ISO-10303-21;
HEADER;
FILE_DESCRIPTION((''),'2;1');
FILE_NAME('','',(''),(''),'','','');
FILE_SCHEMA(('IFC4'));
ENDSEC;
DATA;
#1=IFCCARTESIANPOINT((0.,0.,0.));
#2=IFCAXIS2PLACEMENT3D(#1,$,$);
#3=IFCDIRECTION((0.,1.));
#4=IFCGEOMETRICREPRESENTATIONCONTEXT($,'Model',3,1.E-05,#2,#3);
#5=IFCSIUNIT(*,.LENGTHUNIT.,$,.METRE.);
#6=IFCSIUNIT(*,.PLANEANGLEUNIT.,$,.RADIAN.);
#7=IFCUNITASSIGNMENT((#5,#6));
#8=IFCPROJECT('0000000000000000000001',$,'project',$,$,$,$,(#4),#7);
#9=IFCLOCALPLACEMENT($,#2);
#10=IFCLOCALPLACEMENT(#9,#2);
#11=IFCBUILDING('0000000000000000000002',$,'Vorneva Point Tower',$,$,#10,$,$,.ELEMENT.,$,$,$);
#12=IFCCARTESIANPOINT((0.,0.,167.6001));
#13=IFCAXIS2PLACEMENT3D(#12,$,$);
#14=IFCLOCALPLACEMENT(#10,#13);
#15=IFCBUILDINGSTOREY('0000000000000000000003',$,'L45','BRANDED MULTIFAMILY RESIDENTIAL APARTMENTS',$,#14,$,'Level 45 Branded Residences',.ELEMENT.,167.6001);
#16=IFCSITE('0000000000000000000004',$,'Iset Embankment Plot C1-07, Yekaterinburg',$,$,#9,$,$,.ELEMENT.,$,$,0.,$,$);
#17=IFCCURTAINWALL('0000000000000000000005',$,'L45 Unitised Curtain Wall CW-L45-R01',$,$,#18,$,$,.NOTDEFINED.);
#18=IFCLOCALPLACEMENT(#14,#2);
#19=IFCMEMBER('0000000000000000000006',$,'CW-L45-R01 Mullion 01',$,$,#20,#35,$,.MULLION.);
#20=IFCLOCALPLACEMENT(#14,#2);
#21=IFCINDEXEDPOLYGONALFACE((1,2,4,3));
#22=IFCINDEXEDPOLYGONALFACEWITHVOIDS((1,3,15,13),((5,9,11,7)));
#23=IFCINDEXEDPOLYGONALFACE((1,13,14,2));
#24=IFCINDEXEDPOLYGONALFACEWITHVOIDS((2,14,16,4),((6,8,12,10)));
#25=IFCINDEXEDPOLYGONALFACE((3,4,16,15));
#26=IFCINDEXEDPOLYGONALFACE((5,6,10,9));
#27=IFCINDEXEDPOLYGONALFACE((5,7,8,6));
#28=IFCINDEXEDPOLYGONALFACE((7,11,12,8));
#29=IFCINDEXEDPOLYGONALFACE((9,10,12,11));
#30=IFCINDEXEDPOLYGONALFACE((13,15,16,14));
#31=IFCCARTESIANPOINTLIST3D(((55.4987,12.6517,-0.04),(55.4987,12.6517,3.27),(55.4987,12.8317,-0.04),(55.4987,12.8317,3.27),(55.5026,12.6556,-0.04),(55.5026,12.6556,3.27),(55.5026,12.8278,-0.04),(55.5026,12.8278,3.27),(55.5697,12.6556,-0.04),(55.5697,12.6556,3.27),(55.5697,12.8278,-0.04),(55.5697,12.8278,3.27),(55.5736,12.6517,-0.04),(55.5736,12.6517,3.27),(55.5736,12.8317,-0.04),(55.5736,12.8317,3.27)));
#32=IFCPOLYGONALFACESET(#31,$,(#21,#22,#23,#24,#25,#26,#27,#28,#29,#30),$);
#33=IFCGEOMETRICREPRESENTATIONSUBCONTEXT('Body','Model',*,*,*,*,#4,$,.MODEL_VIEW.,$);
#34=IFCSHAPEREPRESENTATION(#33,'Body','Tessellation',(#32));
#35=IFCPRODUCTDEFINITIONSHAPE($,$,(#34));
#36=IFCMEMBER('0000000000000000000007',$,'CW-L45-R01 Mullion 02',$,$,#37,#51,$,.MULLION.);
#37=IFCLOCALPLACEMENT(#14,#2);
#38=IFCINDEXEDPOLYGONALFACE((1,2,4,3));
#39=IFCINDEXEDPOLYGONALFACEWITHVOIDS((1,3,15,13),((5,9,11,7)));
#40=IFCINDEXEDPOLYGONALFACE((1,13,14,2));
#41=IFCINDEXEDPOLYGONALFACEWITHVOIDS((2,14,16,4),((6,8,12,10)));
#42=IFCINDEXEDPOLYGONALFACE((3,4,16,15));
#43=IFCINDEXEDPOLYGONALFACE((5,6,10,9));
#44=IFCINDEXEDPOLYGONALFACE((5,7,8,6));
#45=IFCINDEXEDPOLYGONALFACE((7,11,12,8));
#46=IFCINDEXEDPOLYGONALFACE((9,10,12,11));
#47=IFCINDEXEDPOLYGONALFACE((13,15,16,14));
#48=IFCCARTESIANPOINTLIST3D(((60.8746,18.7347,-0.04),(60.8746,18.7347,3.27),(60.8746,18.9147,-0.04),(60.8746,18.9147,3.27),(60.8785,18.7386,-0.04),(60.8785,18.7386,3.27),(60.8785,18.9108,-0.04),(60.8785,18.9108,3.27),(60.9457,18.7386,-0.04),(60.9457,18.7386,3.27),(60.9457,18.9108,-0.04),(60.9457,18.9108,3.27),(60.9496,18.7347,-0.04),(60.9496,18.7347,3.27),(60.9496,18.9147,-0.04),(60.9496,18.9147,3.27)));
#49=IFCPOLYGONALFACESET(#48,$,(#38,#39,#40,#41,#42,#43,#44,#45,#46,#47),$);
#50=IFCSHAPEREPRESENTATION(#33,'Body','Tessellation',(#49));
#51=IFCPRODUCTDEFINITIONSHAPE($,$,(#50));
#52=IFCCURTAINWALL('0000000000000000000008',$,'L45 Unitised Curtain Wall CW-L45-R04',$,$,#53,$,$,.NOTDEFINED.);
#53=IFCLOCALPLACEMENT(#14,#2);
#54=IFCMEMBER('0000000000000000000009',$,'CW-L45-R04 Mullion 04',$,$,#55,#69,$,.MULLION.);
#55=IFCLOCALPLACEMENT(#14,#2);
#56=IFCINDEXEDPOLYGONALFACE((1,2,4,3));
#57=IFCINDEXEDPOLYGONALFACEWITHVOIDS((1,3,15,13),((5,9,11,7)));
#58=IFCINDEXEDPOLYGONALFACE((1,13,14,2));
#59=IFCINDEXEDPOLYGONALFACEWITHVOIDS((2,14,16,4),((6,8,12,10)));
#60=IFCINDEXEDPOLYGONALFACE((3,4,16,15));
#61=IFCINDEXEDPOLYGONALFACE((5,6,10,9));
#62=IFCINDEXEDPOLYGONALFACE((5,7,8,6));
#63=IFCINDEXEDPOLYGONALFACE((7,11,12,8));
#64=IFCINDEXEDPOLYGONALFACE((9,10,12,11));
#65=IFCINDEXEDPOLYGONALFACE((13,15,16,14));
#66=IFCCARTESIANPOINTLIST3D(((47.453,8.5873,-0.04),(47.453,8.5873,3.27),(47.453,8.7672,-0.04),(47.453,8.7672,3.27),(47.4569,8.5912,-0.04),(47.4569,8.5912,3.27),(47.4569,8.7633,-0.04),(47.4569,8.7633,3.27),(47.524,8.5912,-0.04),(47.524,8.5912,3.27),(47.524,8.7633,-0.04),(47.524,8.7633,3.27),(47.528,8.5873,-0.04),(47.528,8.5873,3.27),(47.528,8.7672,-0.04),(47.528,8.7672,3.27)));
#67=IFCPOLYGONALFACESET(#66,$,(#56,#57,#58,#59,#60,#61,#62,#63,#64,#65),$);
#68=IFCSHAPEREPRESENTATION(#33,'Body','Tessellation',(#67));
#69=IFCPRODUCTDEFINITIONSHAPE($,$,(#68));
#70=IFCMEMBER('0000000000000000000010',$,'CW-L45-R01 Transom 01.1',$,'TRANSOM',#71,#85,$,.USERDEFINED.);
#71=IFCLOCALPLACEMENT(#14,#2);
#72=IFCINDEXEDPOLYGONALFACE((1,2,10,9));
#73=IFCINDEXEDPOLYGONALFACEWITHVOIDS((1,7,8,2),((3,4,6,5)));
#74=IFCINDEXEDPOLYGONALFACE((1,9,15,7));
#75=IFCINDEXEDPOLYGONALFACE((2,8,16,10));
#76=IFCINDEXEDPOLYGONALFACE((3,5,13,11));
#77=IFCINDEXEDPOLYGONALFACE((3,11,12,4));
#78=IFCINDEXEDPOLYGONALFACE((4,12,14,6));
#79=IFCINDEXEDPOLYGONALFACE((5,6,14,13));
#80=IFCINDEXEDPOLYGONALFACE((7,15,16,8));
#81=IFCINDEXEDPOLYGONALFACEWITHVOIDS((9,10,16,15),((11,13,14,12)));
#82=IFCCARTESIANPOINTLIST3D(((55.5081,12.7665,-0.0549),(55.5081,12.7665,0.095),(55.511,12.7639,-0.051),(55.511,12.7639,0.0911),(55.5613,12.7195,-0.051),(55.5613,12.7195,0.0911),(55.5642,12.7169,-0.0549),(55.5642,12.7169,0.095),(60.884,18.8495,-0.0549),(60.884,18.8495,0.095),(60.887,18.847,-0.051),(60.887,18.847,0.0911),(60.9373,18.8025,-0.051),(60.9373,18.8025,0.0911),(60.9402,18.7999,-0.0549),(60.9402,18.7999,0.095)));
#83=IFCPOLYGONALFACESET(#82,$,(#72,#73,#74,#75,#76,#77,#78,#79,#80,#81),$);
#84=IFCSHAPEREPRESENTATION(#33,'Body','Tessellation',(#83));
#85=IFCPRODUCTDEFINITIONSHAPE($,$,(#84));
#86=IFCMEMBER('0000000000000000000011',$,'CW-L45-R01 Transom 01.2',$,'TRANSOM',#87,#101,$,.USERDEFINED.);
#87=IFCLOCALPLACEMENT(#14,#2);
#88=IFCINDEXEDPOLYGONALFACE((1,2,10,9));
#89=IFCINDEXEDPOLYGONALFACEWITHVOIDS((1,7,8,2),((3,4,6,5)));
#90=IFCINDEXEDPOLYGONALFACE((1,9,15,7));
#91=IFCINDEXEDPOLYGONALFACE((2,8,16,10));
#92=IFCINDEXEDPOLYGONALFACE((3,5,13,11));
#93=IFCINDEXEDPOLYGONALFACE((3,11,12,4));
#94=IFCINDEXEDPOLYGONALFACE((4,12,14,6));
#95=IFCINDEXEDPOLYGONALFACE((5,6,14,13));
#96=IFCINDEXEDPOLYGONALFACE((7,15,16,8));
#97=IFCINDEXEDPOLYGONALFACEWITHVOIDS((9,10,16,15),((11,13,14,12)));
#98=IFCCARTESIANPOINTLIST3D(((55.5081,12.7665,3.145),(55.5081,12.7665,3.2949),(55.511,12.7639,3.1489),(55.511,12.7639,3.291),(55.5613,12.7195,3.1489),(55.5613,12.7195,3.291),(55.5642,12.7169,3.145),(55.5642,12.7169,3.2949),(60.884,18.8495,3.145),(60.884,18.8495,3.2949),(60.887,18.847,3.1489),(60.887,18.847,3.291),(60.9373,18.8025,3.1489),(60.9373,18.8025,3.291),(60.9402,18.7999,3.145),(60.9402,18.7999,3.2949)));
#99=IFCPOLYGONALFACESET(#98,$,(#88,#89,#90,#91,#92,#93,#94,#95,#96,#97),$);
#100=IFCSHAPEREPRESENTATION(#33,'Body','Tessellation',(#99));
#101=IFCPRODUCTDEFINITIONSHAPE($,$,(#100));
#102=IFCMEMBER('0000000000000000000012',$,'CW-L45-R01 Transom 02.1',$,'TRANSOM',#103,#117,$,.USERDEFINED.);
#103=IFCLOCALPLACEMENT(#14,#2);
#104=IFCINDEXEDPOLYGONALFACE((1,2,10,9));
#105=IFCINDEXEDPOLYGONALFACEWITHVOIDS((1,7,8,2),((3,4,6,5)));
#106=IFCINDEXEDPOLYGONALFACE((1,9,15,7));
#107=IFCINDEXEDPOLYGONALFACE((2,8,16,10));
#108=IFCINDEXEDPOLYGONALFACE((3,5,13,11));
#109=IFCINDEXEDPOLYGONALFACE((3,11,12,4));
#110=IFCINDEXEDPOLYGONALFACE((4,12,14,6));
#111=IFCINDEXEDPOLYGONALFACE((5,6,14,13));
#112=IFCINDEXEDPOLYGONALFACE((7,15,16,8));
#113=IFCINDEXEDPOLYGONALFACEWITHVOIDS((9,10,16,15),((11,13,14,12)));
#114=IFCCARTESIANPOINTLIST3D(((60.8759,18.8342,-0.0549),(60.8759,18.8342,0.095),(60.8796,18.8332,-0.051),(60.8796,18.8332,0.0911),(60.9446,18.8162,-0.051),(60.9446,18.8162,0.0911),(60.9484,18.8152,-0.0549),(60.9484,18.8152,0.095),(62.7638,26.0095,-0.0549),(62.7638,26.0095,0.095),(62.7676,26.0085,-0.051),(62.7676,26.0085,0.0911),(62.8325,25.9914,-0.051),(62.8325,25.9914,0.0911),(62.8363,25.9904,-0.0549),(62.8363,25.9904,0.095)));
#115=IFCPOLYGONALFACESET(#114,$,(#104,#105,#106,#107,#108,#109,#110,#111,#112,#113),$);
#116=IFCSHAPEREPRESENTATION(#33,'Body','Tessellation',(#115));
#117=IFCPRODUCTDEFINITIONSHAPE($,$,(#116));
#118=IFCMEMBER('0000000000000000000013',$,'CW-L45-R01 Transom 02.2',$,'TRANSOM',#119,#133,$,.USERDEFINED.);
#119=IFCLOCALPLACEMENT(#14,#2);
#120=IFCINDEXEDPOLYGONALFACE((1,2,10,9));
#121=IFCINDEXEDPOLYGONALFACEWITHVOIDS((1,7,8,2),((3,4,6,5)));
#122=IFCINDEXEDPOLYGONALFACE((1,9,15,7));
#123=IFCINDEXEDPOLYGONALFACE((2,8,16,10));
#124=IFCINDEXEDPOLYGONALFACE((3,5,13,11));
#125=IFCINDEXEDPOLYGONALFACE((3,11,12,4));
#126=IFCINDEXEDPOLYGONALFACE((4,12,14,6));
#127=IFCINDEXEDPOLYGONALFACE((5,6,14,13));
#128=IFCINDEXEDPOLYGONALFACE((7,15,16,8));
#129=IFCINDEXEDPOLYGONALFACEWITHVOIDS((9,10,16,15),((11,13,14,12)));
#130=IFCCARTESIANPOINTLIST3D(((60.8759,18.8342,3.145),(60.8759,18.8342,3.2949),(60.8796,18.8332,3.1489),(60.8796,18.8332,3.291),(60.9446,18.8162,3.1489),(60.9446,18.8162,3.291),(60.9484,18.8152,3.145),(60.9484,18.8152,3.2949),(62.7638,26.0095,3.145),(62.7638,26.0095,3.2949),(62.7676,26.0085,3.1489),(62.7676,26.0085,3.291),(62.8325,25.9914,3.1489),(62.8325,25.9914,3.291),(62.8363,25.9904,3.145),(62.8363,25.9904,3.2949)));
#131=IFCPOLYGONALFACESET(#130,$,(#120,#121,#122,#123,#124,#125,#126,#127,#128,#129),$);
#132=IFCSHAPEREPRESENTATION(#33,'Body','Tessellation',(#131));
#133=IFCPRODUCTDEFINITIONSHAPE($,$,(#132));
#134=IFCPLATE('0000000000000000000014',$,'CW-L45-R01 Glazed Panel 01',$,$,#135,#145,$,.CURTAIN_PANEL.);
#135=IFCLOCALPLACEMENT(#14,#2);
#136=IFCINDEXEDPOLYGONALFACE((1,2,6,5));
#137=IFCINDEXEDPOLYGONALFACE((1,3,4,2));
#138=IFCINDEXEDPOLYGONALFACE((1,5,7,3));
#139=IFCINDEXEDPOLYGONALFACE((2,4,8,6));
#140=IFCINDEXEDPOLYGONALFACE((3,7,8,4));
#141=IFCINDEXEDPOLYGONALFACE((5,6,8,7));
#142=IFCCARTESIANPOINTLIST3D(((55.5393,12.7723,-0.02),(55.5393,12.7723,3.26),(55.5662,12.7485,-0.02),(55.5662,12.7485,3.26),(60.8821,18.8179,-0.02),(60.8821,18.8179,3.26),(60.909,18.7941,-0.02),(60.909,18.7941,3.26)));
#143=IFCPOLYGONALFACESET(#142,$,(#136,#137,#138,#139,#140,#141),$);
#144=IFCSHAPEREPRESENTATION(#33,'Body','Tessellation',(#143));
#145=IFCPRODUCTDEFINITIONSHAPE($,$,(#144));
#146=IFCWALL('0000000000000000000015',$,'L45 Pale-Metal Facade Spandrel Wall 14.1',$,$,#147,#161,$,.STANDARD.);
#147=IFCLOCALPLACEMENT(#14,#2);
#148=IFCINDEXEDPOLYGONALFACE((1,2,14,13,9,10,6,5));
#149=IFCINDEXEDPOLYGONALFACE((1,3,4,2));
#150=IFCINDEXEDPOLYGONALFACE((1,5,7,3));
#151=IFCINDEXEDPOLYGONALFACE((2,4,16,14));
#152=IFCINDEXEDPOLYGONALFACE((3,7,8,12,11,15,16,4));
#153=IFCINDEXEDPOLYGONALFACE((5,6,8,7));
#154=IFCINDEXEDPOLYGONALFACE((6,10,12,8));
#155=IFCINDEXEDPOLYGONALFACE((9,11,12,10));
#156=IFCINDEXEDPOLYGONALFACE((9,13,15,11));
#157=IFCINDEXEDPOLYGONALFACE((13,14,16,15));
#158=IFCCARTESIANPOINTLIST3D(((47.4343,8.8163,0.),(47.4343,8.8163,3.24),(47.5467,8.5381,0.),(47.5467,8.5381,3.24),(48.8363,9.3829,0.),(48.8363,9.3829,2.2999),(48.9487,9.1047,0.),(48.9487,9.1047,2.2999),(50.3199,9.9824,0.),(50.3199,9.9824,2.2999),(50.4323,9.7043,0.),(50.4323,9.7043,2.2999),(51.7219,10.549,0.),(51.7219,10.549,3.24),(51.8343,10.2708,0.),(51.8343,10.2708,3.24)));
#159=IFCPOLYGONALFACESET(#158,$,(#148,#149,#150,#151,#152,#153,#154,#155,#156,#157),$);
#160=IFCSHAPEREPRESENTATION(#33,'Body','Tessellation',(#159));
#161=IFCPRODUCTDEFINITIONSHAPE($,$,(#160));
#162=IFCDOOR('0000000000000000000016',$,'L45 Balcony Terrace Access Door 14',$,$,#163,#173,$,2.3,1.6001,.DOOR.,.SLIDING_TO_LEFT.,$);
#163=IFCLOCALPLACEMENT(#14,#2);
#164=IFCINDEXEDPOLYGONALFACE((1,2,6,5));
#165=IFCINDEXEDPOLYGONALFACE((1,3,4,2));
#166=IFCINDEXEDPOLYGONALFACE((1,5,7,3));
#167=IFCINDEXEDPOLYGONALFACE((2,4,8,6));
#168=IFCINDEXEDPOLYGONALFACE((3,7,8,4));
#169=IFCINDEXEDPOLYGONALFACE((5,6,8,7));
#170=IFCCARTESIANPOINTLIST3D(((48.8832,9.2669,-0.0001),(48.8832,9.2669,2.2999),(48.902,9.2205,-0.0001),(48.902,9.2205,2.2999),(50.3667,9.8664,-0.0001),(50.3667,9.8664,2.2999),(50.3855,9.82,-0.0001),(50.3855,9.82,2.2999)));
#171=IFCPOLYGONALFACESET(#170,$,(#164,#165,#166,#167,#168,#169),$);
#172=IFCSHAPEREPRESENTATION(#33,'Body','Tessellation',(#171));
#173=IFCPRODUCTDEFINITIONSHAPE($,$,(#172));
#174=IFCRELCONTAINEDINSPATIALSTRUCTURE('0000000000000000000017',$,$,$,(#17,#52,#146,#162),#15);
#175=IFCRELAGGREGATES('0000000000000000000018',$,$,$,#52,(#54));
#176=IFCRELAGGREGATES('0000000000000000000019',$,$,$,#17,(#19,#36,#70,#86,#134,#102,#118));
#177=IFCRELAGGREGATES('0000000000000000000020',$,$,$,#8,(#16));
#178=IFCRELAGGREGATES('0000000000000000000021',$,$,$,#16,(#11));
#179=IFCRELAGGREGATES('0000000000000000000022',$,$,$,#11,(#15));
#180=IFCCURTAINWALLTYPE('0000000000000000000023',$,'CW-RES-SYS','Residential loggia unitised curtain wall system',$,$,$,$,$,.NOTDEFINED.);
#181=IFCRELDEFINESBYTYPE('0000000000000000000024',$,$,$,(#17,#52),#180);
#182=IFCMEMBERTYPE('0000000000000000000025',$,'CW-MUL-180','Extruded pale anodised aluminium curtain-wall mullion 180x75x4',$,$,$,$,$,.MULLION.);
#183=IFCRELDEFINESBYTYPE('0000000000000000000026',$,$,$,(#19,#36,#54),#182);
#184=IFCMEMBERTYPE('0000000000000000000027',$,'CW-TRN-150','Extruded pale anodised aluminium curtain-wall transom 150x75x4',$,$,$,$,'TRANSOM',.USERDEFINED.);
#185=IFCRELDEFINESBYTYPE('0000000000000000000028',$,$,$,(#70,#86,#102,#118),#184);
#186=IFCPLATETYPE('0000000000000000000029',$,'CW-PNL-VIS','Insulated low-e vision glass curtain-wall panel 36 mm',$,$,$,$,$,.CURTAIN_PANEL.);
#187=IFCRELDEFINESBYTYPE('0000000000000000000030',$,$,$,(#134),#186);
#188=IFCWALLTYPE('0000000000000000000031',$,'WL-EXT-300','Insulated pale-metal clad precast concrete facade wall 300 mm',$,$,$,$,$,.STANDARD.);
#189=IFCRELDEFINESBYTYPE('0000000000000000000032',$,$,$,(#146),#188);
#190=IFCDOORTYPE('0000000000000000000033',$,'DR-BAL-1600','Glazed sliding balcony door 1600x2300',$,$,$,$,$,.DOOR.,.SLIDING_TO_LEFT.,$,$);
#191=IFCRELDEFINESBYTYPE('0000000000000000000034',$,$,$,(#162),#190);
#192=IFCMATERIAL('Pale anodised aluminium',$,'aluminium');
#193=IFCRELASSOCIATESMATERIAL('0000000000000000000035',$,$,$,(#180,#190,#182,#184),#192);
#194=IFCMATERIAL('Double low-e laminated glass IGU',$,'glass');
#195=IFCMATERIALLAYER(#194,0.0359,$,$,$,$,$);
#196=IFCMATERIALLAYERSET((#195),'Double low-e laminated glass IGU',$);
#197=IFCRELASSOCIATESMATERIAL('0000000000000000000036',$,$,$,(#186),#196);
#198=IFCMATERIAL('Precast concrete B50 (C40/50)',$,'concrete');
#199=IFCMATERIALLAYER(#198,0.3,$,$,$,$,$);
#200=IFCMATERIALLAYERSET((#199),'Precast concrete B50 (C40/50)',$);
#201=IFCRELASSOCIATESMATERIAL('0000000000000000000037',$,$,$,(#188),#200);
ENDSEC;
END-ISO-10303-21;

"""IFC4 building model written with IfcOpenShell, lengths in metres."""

from ifc_helpers import new_model, si_unit, direction, frame, frame_2d, origin, origin_2d, place, context, subcontext, project, spatial, rectangle, hollow_rectangle, extrude, material, layer, layer_set, material_profile, profile_set, type_object, element, fill, aggregate, save


model = new_model("IFC4")

# Units and contexts
model_context = context("Model", 3, precision=1e-05, world=origin(), true_north=direction((0.0, 1.0)))
body_context = subcontext(model_context, "Body", "Model", "MODEL_VIEW")
ifc_project = project(units=[si_unit("LENGTHUNIT", "METRE"), si_unit("PLANEANGLEUNIT", "RADIAN")], contexts=[model_context])

# Site, building, storey
site_placement = place(None, origin())
site = spatial("IfcSite", under=ifc_project, at=site_placement, Name="Iset Embankment Plot C1-07, Yekaterinburg", CompositionType="ELEMENT", RefElevation=0.0)
building_placement = place(site_placement, origin())
building = spatial("IfcBuilding", under=site, at=building_placement, Name="Vorneva Point Tower", CompositionType="ELEMENT")
storey_placement = place(building_placement, frame((0.0, 0.0, 167.6001)))
storey = spatial("IfcBuildingStorey", under=building, at=storey_placement, Name="L45", Description="BRANDED MULTIFAMILY RESIDENTIAL APARTMENTS", LongName="Level 45 Branded Residences", CompositionType="ELEMENT", Elevation=167.6001)

# Curtain wall, members
ifc_material_1 = material(Name="Pale anodised aluminium", Category="aluminium")
curtain_wall_type = type_object("IfcCurtainWallType", Name="CW-RES-SYS", Description="Residential loggia unitised curtain wall system", PredefinedType="NOTDEFINED", material=ifc_material_1)
curtain_wall_1_placement = place(storey_placement, origin())
curtain_wall_1 = element("IfcCurtainWall", 1, at=curtain_wall_1_placement, inside=storey, type_object=curtain_wall_type, Name="L45 Unitised Curtain Wall CW-L45-R01", PredefinedType="NOTDEFINED")
ifc_material_profile_1 = material_profile(ifc_material_1, hollow_rectangle(XDim=0.075, YDim=0.1799, WallThickness=0.0039, at=origin_2d()), Name="AL-MUL 180x75x4")
ifc_profile_set_1 = profile_set([ifc_material_profile_1], Name="Pale anodised aluminium")
member_type_1 = type_object("IfcMemberType", Name="CW-MUL-180", Description="Extruded pale anodised aluminium curtain-wall mullion 180x75x4", PredefinedType="MULLION", material=ifc_profile_set_1)
member_1_placement = place(storey_placement, frame((55.5361, 12.7417, -0.04), z_axis=(0.0, 0.0, 1.0), x_axis=(1.0, 0.0, 0.0)))
member_1 = element("IfcMember", 2, at=member_1_placement, type_object=member_type_1, Name="CW-L45-R01 Mullion 01", PredefinedType="MULLION", context=body_context, shape_type="SweptSolid", body=[
    extrude(hollow_rectangle(XDim=0.075, YDim=0.1799, WallThickness=0.0039, at=origin_2d()), origin(), (0.0, 0.0, 1.0), 3.3101),
])
member_2_placement = place(storey_placement, frame((60.9121, 18.8247, -0.04), z_axis=(0.0, 0.0, 1.0), x_axis=(1.0, 0.0, 0.0)))
member_2 = element("IfcMember", 3, at=member_2_placement, type_object=member_type_1, Name="CW-L45-R01 Mullion 02", PredefinedType="MULLION", context=body_context, shape_type="SweptSolid", body=[
    extrude(hollow_rectangle(XDim=0.075, YDim=0.1799, WallThickness=0.0039, at=origin_2d()), origin(), (0.0, 0.0, 1.0), 3.3101),
])

# Curtain wall, member
curtain_wall_2_placement = place(storey_placement, origin())
curtain_wall_2 = element("IfcCurtainWall", 4, at=curtain_wall_2_placement, inside=storey, type_object=curtain_wall_type, Name="L45 Unitised Curtain Wall CW-L45-R04", PredefinedType="NOTDEFINED")
member_3_placement = place(storey_placement, frame((47.4905, 8.6772, -0.04), z_axis=(0.0, 0.0, 1.0), x_axis=(1.0, 0.0, 0.0)))
member_3 = element("IfcMember", 5, at=member_3_placement, type_object=member_type_1, Name="CW-L45-R04 Mullion 04", PredefinedType="MULLION", context=body_context, shape_type="SweptSolid", body=[
    extrude(hollow_rectangle(XDim=0.075, YDim=0.1799, WallThickness=0.0039, at=origin_2d()), origin(), (0.0, 0.0, 1.0), 3.3101),
])
aggregate(curtain_wall_2, [member_3])

# Members
ifc_material_profile_2 = material_profile(ifc_material_1, hollow_rectangle(XDim=0.075, YDim=0.1499, WallThickness=0.0039, at=origin_2d()), Name="AL-TRN 150x75x4")
ifc_profile_set_2 = profile_set([ifc_material_profile_2], Name="Pale anodised aluminium")
member_type_2 = type_object("IfcMemberType", Name="CW-TRN-150", Description="Extruded pale anodised aluminium curtain-wall transom 150x75x4", ElementType="TRANSOM", PredefinedType="USERDEFINED", material=ifc_profile_set_2)
member_4_placement = place(storey_placement, frame((55.5361, 12.7417, 0.02), z_axis=(0.662218, 0.749311, 0.0), x_axis=(-0.749311, 0.662218, 0.0)))
member_4 = element("IfcMember", 6, at=member_4_placement, type_object=member_type_2, Name="CW-L45-R01 Transom 01.1", ObjectType="TRANSOM", PredefinedType="USERDEFINED", context=body_context, shape_type="SweptSolid", body=[
    extrude(hollow_rectangle(XDim=0.075, YDim=0.1499, WallThickness=0.0039, at=origin_2d()), origin(), (0.0, 0.0, 1.0), 8.1182),
])
member_5_placement = place(storey_placement, frame((55.5361, 12.7417, 3.22), z_axis=(0.662218, 0.749311, 0.0), x_axis=(-0.749311, 0.662218, 0.0)))
member_5 = element("IfcMember", 7, at=member_5_placement, type_object=member_type_2, Name="CW-L45-R01 Transom 01.2", ObjectType="TRANSOM", PredefinedType="USERDEFINED", context=body_context, shape_type="SweptSolid", body=[
    extrude(hollow_rectangle(XDim=0.075, YDim=0.1499, WallThickness=0.0039, at=origin_2d()), origin(), (0.0, 0.0, 1.0), 8.1182),
])
member_6_placement = place(storey_placement, frame((60.9121, 18.8247, 0.02), z_axis=(0.254456, 0.967084, 0.0), x_axis=(-0.967084, 0.254456, 0.0)))
member_6 = element("IfcMember", 8, at=member_6_placement, type_object=member_type_2, Name="CW-L45-R01 Transom 02.1", ObjectType="TRANSOM", PredefinedType="USERDEFINED", context=body_context, shape_type="SweptSolid", body=[
    extrude(hollow_rectangle(XDim=0.075, YDim=0.1499, WallThickness=0.0039, at=origin_2d()), origin(), (0.0, 0.0, 1.0), 7.4194),
])
member_7_placement = place(storey_placement, frame((60.9121, 18.8247, 3.22), z_axis=(0.254456, 0.967084, 0.0), x_axis=(-0.967084, 0.254456, 0.0)))
member_7 = element("IfcMember", 9, at=member_7_placement, type_object=member_type_2, Name="CW-L45-R01 Transom 02.2", ObjectType="TRANSOM", PredefinedType="USERDEFINED", context=body_context, shape_type="SweptSolid", body=[
    extrude(hollow_rectangle(XDim=0.075, YDim=0.1499, WallThickness=0.0039, at=origin_2d()), origin(), (0.0, 0.0, 1.0), 7.4194),
])

# Plate
ifc_material_2 = material(Name="Double low-e laminated glass IGU", Category="glass")
ifc_layer_1 = layer(ifc_material_2, 0.0359)
ifc_layer_set_1 = layer_set([ifc_layer_1], Name="Double low-e laminated glass IGU")
plate_type = type_object("IfcPlateType", Name="CW-PNL-VIS", Description="Insulated low-e vision glass curtain-wall panel 36 mm", PredefinedType="CURTAIN_PANEL", material=ifc_layer_set_1)
plate_placement = place(storey_placement, frame((58.2241, 15.7832, -0.02), z_axis=(0.0, 0.0, 1.0), x_axis=(0.662215, 0.749314, 0.0)))
plate = element("IfcPlate", 10, at=plate_placement, type_object=plate_type, Name="CW-L45-R01 Glazed Panel 01", PredefinedType="CURTAIN_PANEL", context=body_context, shape_type="SweptSolid", body=[
    extrude(rectangle(XDim=8.0681, YDim=0.0359, at=origin_2d()), origin(), (0.0, 0.0, 1.0), 3.28),
])
aggregate(curtain_wall_1, [member_1, member_2, member_4, member_5, plate, member_6, member_7])

# Wall, opening, door
ifc_material_3 = material(Name="Precast concrete B50 (C40/50)", Category="concrete")
ifc_layer_2 = layer(ifc_material_3, 0.3)
ifc_layer_set_2 = layer_set([ifc_layer_2], Name="Precast concrete B50 (C40/50)")
wall_type_1 = type_object("IfcWallType", Name="WL-EXT-300", Description="Insulated pale-metal clad precast concrete facade wall 300 mm", PredefinedType="STANDARD", material=ifc_layer_set_2)
wall_1_placement = place(storey_placement, frame((47.4905, 8.6772, 0.0), z_axis=(0.0, 0.0, 1.0), x_axis=(0.927157, 0.374674, 0.0)))
wall_1 = element("IfcWall", 11, at=wall_1_placement, inside=storey, type_object=wall_type_1, Name="L45 Pale-Metal Facade Spandrel Wall 14.1", PredefinedType="STANDARD", context=body_context, shape_type="SweptSolid", body=[
    extrude(rectangle(XDim=4.6245, YDim=0.3, at=frame_2d((2.3123, 0.0))), origin(), (0.0, 0.0, 1.0), 3.24),
])
opening_1_placement = place(wall_1_placement, frame((1.5122, 0.0, 0.0)))
opening_1 = element("IfcOpeningElement", 12, at=opening_1_placement, cuts=wall_1, PredefinedType="OPENING", context=body_context, shape_type="SweptSolid", body=[
    extrude(rectangle(XDim=1.6001, YDim=2.3, at=frame_2d((0.8, 1.1499))), frame((0.0, 0.165, 0.0), z_axis=(0.0, -1.0, 0.0), x_axis=(1.0, 0.0, 0.0)), (0.0, 0.0, 1.0), 0.3298),
])
door_type_1 = type_object("IfcDoorType", Name="DR-BAL-1600", Description="Glazed sliding balcony door 1600x2300", OperationType="SLIDING_TO_LEFT", PredefinedType="DOOR", material=ifc_material_1)
door_1_placement = place(opening_1_placement, origin())
door_1 = element("IfcDoor", 13, at=door_1_placement, inside=storey, type_object=door_type_1, Name="L45 Balcony Terrace Access Door 14", OperationType="SLIDING_TO_LEFT", OverallHeight=2.3, OverallWidth=1.6001, PredefinedType="DOOR", context=body_context, shape_type="SweptSolid", body=[
    extrude(rectangle(XDim=1.6001, YDim=2.3, at=frame_2d((0.8, 1.1499))), frame((0.0, 0.0249, 0.0), z_axis=(0.0, -1.0, 0.0), x_axis=(1.0, 0.0, 0.0)), (0.0, 0.0, 1.0), 0.05),
])
fill(opening_1, door_1)

save(model, "model.ifc")
